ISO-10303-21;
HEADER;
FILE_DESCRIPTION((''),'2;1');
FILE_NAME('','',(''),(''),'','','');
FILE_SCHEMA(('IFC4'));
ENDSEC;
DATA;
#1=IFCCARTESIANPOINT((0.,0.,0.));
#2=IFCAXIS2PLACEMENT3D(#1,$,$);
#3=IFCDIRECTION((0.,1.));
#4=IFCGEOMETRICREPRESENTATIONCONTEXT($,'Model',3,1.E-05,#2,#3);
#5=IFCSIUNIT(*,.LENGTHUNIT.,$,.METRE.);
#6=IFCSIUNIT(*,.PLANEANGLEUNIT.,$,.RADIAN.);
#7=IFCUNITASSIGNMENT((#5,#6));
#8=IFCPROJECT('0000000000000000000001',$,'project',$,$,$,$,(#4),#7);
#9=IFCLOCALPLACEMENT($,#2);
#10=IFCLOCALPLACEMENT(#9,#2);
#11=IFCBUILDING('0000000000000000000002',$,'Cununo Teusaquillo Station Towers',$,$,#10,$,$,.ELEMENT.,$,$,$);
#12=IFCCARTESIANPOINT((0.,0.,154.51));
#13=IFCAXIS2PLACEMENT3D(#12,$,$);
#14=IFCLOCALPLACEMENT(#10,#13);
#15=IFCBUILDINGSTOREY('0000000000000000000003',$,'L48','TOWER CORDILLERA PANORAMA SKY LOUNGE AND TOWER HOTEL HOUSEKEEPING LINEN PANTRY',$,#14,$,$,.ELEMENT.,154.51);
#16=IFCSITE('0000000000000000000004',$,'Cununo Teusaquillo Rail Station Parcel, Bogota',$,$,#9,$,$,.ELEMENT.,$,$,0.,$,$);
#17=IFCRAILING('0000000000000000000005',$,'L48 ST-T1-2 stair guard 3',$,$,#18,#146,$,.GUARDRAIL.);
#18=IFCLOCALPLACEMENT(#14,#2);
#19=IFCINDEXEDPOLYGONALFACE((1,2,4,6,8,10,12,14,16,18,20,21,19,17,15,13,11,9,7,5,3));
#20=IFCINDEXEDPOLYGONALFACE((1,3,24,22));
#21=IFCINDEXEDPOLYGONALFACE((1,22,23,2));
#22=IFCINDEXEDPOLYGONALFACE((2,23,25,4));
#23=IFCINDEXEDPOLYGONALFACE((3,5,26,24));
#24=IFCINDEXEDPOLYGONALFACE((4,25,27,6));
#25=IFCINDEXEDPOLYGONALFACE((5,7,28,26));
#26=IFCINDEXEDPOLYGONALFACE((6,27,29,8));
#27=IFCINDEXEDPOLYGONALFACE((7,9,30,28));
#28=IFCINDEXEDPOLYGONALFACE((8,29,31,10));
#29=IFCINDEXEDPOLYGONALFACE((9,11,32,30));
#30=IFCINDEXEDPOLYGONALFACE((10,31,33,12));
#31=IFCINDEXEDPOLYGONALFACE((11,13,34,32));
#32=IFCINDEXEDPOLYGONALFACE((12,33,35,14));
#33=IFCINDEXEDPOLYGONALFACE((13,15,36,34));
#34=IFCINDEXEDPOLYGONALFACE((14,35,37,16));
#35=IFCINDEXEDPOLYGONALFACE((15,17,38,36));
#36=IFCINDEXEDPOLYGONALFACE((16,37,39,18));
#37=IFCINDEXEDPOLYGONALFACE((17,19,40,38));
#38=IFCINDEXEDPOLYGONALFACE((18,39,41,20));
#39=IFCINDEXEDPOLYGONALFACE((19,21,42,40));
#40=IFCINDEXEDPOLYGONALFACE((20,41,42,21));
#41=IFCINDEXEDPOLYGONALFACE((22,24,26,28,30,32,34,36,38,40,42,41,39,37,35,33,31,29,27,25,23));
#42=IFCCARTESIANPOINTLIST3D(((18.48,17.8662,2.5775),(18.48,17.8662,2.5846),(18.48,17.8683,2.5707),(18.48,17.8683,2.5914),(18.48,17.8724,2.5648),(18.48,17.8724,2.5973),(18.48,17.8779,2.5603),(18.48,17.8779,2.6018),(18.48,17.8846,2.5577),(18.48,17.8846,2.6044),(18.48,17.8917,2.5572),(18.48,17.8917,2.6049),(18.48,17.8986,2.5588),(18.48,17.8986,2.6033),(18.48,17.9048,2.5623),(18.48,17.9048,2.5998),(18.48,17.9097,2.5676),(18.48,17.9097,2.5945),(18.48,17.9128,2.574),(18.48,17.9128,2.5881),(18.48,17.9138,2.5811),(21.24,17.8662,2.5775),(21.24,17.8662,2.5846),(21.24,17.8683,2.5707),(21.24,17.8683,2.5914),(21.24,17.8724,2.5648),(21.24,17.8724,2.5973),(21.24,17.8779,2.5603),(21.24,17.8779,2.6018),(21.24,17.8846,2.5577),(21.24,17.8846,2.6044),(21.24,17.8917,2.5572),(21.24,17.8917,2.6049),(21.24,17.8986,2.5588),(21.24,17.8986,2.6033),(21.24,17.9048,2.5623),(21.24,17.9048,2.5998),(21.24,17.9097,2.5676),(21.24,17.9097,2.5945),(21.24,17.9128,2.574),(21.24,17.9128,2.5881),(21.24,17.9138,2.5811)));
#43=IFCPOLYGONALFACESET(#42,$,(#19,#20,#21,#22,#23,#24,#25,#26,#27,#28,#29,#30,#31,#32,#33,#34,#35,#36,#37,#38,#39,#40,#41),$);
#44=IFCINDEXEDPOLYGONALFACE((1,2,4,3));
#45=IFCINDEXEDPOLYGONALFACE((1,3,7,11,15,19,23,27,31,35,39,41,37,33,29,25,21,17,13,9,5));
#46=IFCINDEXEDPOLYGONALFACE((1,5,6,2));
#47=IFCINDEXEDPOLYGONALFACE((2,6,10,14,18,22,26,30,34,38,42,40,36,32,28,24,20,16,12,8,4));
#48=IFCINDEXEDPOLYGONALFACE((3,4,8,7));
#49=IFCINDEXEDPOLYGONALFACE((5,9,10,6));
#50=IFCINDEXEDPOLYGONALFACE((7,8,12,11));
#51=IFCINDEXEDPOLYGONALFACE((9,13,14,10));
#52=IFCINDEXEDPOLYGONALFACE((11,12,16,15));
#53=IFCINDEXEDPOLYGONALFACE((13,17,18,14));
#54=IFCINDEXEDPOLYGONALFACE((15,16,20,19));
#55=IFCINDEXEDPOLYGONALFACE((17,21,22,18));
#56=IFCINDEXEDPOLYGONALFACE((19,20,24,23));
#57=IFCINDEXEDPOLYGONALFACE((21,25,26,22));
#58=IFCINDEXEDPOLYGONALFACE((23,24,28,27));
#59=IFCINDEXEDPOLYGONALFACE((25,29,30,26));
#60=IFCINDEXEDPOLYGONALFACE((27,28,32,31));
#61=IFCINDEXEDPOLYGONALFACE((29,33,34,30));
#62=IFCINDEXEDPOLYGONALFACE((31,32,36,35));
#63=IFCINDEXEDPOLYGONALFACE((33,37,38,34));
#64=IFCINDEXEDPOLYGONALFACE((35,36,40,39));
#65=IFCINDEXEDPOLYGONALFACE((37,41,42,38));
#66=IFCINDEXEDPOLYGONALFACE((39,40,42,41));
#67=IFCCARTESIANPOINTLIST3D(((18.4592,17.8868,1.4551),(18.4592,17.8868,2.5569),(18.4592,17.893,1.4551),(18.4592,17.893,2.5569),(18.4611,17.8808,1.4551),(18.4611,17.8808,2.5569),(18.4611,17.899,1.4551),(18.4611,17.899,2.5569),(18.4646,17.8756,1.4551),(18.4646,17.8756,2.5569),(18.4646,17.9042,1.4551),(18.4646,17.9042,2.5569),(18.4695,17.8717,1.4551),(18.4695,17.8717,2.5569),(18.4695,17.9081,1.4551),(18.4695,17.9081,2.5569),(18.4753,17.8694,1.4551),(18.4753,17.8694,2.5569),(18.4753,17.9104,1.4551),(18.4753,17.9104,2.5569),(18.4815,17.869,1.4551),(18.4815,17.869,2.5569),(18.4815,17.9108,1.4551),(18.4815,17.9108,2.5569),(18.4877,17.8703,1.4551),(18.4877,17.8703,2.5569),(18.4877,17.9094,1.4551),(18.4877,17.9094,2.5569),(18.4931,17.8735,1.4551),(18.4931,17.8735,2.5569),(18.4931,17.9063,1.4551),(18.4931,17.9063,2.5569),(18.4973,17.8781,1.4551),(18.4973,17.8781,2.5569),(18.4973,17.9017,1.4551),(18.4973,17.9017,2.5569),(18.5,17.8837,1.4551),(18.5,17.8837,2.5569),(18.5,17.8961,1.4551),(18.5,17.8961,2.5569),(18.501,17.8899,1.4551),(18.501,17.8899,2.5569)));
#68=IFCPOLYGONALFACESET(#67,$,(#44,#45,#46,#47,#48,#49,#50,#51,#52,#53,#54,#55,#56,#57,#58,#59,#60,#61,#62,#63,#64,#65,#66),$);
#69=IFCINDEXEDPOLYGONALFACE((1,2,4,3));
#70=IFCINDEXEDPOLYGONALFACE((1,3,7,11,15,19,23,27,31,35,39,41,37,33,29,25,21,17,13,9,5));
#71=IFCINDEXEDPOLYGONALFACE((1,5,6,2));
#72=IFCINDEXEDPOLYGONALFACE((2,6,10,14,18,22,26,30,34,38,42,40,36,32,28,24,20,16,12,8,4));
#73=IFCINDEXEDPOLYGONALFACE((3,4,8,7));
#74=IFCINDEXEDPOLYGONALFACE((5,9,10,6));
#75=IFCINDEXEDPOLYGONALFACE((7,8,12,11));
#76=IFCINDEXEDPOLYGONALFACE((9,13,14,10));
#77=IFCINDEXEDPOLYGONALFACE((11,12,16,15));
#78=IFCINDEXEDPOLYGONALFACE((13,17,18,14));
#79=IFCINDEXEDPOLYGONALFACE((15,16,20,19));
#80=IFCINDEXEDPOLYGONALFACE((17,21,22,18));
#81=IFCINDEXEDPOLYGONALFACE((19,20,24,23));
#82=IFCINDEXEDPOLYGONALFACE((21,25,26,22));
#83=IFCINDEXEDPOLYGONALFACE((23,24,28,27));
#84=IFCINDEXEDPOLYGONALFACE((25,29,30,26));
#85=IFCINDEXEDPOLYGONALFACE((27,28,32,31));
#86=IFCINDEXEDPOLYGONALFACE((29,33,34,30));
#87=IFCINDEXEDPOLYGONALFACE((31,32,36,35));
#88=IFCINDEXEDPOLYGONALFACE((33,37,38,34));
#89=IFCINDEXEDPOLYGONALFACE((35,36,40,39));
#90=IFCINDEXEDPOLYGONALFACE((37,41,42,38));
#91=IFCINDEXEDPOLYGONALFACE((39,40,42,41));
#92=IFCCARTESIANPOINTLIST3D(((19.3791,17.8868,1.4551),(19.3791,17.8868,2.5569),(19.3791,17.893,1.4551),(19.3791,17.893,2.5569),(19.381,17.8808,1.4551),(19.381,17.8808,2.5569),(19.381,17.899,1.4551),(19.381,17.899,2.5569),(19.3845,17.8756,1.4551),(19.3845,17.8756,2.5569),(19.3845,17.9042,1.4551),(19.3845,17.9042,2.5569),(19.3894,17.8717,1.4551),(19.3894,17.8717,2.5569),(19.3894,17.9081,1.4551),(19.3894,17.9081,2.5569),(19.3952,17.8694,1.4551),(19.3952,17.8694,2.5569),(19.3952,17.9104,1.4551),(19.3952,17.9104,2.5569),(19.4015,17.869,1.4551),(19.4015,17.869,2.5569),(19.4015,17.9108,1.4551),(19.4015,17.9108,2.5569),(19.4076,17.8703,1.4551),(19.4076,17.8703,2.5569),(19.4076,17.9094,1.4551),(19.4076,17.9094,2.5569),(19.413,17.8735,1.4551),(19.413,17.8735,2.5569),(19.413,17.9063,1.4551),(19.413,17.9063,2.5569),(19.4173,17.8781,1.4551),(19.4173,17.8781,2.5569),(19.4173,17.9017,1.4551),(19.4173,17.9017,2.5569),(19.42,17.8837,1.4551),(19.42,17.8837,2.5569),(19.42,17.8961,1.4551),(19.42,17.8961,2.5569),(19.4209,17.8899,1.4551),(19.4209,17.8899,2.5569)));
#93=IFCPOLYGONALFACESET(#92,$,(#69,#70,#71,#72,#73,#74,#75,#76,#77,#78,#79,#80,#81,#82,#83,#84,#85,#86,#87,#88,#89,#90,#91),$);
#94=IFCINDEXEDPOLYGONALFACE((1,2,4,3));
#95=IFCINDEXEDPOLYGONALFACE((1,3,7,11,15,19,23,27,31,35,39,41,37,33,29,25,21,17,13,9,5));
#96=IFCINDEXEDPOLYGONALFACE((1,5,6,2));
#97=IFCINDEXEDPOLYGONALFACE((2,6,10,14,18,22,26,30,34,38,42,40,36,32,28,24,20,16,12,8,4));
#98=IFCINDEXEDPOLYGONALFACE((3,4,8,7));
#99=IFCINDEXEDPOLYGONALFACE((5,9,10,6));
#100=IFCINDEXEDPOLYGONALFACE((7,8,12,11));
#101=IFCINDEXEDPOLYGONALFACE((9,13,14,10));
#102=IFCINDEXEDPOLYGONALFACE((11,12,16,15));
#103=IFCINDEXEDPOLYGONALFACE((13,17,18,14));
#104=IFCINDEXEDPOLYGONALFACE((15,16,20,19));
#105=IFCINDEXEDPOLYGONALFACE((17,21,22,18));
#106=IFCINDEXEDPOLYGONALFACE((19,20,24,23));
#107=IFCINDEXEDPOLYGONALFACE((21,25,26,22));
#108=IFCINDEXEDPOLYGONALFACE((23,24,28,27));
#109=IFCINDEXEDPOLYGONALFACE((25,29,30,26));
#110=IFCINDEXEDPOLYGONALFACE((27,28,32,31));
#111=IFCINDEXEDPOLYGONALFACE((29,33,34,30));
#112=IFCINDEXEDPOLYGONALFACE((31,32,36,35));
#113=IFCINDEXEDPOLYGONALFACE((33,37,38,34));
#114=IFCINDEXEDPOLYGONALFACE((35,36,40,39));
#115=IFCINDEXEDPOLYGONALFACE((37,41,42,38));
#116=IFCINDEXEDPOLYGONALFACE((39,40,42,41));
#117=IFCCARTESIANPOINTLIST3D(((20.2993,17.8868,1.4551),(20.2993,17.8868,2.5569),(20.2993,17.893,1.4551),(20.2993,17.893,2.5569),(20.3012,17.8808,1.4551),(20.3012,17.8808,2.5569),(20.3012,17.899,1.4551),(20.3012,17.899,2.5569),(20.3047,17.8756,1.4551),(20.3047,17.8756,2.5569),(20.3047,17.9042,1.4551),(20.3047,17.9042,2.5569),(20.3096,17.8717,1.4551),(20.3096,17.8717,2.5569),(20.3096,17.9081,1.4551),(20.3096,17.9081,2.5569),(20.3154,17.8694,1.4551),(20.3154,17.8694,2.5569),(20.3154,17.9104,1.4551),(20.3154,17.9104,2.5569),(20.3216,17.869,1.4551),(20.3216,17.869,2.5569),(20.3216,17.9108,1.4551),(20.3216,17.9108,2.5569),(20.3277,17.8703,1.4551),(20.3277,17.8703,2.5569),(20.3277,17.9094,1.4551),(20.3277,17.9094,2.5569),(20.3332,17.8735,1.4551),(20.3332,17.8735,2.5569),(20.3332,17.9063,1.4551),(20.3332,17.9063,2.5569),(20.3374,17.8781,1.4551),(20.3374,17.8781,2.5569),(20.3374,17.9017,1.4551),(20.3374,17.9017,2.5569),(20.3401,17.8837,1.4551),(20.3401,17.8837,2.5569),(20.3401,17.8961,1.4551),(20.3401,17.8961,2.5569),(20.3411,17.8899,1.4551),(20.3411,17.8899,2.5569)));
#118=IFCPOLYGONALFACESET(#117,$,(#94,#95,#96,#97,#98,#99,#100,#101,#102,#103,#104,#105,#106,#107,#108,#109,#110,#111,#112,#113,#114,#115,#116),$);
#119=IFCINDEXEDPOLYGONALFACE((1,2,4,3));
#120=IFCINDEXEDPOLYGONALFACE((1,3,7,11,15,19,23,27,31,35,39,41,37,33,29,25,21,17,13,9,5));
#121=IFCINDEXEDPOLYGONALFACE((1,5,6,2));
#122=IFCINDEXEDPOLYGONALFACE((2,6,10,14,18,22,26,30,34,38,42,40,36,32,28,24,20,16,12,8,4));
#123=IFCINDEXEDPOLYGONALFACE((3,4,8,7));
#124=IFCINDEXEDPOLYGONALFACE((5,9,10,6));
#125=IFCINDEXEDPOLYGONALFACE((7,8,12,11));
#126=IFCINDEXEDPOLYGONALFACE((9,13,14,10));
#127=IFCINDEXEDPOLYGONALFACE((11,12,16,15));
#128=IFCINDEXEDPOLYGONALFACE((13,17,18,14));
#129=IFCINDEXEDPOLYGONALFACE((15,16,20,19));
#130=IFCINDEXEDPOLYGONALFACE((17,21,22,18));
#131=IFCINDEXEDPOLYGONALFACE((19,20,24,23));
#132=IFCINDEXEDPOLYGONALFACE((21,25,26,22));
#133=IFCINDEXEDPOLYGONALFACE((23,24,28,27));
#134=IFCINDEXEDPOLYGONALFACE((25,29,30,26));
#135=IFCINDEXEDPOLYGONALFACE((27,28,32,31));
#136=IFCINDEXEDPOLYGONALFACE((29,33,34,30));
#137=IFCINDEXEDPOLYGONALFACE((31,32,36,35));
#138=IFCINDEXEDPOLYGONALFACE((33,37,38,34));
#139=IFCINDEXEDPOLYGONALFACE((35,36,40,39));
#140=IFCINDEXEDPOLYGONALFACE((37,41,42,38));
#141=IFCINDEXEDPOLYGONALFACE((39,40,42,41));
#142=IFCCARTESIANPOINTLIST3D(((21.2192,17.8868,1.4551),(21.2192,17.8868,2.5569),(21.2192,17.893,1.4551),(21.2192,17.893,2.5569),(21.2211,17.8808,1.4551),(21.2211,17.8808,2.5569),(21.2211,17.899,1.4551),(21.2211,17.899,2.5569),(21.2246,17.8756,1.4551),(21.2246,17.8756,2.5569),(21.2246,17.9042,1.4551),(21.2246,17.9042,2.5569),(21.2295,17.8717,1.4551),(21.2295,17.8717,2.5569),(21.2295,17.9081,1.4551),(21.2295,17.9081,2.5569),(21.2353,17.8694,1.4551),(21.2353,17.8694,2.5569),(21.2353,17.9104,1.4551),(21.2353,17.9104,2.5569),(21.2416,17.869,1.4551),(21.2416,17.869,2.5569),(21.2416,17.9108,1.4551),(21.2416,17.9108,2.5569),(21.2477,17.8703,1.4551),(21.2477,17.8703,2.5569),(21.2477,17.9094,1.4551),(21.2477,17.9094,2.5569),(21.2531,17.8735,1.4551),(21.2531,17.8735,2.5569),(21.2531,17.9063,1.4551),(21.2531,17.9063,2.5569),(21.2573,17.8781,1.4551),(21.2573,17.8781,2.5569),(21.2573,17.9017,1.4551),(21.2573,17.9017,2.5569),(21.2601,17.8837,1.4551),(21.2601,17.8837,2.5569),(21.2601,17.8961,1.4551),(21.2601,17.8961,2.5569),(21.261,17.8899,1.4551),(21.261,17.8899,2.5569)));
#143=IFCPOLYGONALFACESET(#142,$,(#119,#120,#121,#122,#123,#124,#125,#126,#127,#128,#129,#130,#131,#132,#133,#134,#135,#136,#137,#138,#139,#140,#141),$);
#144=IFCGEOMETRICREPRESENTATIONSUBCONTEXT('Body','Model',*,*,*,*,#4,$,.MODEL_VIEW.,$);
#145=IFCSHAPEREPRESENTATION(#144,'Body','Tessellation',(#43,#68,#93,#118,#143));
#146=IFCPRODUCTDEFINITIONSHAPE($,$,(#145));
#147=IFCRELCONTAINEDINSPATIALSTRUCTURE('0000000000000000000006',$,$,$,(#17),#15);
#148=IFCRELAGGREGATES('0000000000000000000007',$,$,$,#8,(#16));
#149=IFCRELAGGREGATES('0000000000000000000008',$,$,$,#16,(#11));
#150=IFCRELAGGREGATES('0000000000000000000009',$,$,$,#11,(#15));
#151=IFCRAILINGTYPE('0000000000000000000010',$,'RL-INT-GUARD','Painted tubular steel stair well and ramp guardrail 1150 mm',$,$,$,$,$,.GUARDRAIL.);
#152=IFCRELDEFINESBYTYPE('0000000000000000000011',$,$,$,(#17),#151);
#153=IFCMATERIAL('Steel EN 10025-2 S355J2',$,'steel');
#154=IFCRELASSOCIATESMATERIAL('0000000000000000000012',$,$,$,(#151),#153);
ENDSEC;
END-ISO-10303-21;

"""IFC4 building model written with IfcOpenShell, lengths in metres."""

from ifc_helpers import new_model, si_unit, direction, frame, origin, origin_2d, place, context, subcontext, project, spatial, circle, extrude, material, type_object, element, save


model = new_model("IFC4")

# Units and contexts
model_context = context("Model", 3, precision=1e-05, world=origin(), true_north=direction((0.0, 1.0)))
body_context = subcontext(model_context, "Body", "Model", "MODEL_VIEW")
ifc_project = project(units=[si_unit("LENGTHUNIT", "METRE"), si_unit("PLANEANGLEUNIT", "RADIAN")], contexts=[model_context])

# Site, building, storey
site_placement = place(None, origin())
site = spatial("IfcSite", under=ifc_project, at=site_placement, Name="Cununo Teusaquillo Rail Station Parcel, Bogota", CompositionType="ELEMENT", RefElevation=0.0)
building_placement = place(site_placement, origin())
building = spatial("IfcBuilding", under=site, at=building_placement, Name="Cununo Teusaquillo Station Towers", CompositionType="ELEMENT")
storey_placement = place(building_placement, frame((0.0, 0.0, 154.51)))
storey = spatial("IfcBuildingStorey", under=building, at=storey_placement, Name="L48", Description="TOWER CORDILLERA PANORAMA SKY LOUNGE AND TOWER HOTEL HOUSEKEEPING LINEN PANTRY", CompositionType="ELEMENT", Elevation=154.51)

# Railing
ifc_material_1 = material(Name="Steel EN 10025-2 S355J2", Category="steel")
railing_type_1 = type_object("IfcRailingType", Name="RL-INT-GUARD", Description="Painted tubular steel stair well and ramp guardrail 1150 mm", PredefinedType="GUARDRAIL", material=ifc_material_1)
railing_1_placement = place(storey_placement, frame((18.48, 17.8899, 1.4551)))
element("IfcRailing", 1, at=railing_1_placement, inside=storey, type_object=railing_type_1, Name="L48 ST-T1-2 stair guard 3", PredefinedType="GUARDRAIL", context=body_context, shape_type="SweptSolid", body=[
    extrude(circle(Radius=0.0239, at=origin_2d()), frame((0.0, 0.0, 1.126), z_axis=(1.0, 0.0, 0.0), x_axis=(0.0, 1.0, 0.0)), (0.0, 0.0, 1.0), 2.76),
    extrude(circle(Radius=0.021, at=origin_2d()), origin(), (0.0, 0.0, 1.0), 1.1018),
    extrude(circle(Radius=0.021, at=origin_2d()), frame((0.9199, 0.0, 0.0)), (0.0, 0.0, 1.0), 1.1018),
    extrude(circle(Radius=0.021, at=origin_2d()), frame((1.8401, 0.0, 0.0)), (0.0, 0.0, 1.0), 1.1018),
    extrude(circle(Radius=0.021, at=origin_2d()), frame((2.76, 0.0, 0.0)), (0.0, 0.0, 1.0), 1.1018),
])

save(model, "model.ifc")
